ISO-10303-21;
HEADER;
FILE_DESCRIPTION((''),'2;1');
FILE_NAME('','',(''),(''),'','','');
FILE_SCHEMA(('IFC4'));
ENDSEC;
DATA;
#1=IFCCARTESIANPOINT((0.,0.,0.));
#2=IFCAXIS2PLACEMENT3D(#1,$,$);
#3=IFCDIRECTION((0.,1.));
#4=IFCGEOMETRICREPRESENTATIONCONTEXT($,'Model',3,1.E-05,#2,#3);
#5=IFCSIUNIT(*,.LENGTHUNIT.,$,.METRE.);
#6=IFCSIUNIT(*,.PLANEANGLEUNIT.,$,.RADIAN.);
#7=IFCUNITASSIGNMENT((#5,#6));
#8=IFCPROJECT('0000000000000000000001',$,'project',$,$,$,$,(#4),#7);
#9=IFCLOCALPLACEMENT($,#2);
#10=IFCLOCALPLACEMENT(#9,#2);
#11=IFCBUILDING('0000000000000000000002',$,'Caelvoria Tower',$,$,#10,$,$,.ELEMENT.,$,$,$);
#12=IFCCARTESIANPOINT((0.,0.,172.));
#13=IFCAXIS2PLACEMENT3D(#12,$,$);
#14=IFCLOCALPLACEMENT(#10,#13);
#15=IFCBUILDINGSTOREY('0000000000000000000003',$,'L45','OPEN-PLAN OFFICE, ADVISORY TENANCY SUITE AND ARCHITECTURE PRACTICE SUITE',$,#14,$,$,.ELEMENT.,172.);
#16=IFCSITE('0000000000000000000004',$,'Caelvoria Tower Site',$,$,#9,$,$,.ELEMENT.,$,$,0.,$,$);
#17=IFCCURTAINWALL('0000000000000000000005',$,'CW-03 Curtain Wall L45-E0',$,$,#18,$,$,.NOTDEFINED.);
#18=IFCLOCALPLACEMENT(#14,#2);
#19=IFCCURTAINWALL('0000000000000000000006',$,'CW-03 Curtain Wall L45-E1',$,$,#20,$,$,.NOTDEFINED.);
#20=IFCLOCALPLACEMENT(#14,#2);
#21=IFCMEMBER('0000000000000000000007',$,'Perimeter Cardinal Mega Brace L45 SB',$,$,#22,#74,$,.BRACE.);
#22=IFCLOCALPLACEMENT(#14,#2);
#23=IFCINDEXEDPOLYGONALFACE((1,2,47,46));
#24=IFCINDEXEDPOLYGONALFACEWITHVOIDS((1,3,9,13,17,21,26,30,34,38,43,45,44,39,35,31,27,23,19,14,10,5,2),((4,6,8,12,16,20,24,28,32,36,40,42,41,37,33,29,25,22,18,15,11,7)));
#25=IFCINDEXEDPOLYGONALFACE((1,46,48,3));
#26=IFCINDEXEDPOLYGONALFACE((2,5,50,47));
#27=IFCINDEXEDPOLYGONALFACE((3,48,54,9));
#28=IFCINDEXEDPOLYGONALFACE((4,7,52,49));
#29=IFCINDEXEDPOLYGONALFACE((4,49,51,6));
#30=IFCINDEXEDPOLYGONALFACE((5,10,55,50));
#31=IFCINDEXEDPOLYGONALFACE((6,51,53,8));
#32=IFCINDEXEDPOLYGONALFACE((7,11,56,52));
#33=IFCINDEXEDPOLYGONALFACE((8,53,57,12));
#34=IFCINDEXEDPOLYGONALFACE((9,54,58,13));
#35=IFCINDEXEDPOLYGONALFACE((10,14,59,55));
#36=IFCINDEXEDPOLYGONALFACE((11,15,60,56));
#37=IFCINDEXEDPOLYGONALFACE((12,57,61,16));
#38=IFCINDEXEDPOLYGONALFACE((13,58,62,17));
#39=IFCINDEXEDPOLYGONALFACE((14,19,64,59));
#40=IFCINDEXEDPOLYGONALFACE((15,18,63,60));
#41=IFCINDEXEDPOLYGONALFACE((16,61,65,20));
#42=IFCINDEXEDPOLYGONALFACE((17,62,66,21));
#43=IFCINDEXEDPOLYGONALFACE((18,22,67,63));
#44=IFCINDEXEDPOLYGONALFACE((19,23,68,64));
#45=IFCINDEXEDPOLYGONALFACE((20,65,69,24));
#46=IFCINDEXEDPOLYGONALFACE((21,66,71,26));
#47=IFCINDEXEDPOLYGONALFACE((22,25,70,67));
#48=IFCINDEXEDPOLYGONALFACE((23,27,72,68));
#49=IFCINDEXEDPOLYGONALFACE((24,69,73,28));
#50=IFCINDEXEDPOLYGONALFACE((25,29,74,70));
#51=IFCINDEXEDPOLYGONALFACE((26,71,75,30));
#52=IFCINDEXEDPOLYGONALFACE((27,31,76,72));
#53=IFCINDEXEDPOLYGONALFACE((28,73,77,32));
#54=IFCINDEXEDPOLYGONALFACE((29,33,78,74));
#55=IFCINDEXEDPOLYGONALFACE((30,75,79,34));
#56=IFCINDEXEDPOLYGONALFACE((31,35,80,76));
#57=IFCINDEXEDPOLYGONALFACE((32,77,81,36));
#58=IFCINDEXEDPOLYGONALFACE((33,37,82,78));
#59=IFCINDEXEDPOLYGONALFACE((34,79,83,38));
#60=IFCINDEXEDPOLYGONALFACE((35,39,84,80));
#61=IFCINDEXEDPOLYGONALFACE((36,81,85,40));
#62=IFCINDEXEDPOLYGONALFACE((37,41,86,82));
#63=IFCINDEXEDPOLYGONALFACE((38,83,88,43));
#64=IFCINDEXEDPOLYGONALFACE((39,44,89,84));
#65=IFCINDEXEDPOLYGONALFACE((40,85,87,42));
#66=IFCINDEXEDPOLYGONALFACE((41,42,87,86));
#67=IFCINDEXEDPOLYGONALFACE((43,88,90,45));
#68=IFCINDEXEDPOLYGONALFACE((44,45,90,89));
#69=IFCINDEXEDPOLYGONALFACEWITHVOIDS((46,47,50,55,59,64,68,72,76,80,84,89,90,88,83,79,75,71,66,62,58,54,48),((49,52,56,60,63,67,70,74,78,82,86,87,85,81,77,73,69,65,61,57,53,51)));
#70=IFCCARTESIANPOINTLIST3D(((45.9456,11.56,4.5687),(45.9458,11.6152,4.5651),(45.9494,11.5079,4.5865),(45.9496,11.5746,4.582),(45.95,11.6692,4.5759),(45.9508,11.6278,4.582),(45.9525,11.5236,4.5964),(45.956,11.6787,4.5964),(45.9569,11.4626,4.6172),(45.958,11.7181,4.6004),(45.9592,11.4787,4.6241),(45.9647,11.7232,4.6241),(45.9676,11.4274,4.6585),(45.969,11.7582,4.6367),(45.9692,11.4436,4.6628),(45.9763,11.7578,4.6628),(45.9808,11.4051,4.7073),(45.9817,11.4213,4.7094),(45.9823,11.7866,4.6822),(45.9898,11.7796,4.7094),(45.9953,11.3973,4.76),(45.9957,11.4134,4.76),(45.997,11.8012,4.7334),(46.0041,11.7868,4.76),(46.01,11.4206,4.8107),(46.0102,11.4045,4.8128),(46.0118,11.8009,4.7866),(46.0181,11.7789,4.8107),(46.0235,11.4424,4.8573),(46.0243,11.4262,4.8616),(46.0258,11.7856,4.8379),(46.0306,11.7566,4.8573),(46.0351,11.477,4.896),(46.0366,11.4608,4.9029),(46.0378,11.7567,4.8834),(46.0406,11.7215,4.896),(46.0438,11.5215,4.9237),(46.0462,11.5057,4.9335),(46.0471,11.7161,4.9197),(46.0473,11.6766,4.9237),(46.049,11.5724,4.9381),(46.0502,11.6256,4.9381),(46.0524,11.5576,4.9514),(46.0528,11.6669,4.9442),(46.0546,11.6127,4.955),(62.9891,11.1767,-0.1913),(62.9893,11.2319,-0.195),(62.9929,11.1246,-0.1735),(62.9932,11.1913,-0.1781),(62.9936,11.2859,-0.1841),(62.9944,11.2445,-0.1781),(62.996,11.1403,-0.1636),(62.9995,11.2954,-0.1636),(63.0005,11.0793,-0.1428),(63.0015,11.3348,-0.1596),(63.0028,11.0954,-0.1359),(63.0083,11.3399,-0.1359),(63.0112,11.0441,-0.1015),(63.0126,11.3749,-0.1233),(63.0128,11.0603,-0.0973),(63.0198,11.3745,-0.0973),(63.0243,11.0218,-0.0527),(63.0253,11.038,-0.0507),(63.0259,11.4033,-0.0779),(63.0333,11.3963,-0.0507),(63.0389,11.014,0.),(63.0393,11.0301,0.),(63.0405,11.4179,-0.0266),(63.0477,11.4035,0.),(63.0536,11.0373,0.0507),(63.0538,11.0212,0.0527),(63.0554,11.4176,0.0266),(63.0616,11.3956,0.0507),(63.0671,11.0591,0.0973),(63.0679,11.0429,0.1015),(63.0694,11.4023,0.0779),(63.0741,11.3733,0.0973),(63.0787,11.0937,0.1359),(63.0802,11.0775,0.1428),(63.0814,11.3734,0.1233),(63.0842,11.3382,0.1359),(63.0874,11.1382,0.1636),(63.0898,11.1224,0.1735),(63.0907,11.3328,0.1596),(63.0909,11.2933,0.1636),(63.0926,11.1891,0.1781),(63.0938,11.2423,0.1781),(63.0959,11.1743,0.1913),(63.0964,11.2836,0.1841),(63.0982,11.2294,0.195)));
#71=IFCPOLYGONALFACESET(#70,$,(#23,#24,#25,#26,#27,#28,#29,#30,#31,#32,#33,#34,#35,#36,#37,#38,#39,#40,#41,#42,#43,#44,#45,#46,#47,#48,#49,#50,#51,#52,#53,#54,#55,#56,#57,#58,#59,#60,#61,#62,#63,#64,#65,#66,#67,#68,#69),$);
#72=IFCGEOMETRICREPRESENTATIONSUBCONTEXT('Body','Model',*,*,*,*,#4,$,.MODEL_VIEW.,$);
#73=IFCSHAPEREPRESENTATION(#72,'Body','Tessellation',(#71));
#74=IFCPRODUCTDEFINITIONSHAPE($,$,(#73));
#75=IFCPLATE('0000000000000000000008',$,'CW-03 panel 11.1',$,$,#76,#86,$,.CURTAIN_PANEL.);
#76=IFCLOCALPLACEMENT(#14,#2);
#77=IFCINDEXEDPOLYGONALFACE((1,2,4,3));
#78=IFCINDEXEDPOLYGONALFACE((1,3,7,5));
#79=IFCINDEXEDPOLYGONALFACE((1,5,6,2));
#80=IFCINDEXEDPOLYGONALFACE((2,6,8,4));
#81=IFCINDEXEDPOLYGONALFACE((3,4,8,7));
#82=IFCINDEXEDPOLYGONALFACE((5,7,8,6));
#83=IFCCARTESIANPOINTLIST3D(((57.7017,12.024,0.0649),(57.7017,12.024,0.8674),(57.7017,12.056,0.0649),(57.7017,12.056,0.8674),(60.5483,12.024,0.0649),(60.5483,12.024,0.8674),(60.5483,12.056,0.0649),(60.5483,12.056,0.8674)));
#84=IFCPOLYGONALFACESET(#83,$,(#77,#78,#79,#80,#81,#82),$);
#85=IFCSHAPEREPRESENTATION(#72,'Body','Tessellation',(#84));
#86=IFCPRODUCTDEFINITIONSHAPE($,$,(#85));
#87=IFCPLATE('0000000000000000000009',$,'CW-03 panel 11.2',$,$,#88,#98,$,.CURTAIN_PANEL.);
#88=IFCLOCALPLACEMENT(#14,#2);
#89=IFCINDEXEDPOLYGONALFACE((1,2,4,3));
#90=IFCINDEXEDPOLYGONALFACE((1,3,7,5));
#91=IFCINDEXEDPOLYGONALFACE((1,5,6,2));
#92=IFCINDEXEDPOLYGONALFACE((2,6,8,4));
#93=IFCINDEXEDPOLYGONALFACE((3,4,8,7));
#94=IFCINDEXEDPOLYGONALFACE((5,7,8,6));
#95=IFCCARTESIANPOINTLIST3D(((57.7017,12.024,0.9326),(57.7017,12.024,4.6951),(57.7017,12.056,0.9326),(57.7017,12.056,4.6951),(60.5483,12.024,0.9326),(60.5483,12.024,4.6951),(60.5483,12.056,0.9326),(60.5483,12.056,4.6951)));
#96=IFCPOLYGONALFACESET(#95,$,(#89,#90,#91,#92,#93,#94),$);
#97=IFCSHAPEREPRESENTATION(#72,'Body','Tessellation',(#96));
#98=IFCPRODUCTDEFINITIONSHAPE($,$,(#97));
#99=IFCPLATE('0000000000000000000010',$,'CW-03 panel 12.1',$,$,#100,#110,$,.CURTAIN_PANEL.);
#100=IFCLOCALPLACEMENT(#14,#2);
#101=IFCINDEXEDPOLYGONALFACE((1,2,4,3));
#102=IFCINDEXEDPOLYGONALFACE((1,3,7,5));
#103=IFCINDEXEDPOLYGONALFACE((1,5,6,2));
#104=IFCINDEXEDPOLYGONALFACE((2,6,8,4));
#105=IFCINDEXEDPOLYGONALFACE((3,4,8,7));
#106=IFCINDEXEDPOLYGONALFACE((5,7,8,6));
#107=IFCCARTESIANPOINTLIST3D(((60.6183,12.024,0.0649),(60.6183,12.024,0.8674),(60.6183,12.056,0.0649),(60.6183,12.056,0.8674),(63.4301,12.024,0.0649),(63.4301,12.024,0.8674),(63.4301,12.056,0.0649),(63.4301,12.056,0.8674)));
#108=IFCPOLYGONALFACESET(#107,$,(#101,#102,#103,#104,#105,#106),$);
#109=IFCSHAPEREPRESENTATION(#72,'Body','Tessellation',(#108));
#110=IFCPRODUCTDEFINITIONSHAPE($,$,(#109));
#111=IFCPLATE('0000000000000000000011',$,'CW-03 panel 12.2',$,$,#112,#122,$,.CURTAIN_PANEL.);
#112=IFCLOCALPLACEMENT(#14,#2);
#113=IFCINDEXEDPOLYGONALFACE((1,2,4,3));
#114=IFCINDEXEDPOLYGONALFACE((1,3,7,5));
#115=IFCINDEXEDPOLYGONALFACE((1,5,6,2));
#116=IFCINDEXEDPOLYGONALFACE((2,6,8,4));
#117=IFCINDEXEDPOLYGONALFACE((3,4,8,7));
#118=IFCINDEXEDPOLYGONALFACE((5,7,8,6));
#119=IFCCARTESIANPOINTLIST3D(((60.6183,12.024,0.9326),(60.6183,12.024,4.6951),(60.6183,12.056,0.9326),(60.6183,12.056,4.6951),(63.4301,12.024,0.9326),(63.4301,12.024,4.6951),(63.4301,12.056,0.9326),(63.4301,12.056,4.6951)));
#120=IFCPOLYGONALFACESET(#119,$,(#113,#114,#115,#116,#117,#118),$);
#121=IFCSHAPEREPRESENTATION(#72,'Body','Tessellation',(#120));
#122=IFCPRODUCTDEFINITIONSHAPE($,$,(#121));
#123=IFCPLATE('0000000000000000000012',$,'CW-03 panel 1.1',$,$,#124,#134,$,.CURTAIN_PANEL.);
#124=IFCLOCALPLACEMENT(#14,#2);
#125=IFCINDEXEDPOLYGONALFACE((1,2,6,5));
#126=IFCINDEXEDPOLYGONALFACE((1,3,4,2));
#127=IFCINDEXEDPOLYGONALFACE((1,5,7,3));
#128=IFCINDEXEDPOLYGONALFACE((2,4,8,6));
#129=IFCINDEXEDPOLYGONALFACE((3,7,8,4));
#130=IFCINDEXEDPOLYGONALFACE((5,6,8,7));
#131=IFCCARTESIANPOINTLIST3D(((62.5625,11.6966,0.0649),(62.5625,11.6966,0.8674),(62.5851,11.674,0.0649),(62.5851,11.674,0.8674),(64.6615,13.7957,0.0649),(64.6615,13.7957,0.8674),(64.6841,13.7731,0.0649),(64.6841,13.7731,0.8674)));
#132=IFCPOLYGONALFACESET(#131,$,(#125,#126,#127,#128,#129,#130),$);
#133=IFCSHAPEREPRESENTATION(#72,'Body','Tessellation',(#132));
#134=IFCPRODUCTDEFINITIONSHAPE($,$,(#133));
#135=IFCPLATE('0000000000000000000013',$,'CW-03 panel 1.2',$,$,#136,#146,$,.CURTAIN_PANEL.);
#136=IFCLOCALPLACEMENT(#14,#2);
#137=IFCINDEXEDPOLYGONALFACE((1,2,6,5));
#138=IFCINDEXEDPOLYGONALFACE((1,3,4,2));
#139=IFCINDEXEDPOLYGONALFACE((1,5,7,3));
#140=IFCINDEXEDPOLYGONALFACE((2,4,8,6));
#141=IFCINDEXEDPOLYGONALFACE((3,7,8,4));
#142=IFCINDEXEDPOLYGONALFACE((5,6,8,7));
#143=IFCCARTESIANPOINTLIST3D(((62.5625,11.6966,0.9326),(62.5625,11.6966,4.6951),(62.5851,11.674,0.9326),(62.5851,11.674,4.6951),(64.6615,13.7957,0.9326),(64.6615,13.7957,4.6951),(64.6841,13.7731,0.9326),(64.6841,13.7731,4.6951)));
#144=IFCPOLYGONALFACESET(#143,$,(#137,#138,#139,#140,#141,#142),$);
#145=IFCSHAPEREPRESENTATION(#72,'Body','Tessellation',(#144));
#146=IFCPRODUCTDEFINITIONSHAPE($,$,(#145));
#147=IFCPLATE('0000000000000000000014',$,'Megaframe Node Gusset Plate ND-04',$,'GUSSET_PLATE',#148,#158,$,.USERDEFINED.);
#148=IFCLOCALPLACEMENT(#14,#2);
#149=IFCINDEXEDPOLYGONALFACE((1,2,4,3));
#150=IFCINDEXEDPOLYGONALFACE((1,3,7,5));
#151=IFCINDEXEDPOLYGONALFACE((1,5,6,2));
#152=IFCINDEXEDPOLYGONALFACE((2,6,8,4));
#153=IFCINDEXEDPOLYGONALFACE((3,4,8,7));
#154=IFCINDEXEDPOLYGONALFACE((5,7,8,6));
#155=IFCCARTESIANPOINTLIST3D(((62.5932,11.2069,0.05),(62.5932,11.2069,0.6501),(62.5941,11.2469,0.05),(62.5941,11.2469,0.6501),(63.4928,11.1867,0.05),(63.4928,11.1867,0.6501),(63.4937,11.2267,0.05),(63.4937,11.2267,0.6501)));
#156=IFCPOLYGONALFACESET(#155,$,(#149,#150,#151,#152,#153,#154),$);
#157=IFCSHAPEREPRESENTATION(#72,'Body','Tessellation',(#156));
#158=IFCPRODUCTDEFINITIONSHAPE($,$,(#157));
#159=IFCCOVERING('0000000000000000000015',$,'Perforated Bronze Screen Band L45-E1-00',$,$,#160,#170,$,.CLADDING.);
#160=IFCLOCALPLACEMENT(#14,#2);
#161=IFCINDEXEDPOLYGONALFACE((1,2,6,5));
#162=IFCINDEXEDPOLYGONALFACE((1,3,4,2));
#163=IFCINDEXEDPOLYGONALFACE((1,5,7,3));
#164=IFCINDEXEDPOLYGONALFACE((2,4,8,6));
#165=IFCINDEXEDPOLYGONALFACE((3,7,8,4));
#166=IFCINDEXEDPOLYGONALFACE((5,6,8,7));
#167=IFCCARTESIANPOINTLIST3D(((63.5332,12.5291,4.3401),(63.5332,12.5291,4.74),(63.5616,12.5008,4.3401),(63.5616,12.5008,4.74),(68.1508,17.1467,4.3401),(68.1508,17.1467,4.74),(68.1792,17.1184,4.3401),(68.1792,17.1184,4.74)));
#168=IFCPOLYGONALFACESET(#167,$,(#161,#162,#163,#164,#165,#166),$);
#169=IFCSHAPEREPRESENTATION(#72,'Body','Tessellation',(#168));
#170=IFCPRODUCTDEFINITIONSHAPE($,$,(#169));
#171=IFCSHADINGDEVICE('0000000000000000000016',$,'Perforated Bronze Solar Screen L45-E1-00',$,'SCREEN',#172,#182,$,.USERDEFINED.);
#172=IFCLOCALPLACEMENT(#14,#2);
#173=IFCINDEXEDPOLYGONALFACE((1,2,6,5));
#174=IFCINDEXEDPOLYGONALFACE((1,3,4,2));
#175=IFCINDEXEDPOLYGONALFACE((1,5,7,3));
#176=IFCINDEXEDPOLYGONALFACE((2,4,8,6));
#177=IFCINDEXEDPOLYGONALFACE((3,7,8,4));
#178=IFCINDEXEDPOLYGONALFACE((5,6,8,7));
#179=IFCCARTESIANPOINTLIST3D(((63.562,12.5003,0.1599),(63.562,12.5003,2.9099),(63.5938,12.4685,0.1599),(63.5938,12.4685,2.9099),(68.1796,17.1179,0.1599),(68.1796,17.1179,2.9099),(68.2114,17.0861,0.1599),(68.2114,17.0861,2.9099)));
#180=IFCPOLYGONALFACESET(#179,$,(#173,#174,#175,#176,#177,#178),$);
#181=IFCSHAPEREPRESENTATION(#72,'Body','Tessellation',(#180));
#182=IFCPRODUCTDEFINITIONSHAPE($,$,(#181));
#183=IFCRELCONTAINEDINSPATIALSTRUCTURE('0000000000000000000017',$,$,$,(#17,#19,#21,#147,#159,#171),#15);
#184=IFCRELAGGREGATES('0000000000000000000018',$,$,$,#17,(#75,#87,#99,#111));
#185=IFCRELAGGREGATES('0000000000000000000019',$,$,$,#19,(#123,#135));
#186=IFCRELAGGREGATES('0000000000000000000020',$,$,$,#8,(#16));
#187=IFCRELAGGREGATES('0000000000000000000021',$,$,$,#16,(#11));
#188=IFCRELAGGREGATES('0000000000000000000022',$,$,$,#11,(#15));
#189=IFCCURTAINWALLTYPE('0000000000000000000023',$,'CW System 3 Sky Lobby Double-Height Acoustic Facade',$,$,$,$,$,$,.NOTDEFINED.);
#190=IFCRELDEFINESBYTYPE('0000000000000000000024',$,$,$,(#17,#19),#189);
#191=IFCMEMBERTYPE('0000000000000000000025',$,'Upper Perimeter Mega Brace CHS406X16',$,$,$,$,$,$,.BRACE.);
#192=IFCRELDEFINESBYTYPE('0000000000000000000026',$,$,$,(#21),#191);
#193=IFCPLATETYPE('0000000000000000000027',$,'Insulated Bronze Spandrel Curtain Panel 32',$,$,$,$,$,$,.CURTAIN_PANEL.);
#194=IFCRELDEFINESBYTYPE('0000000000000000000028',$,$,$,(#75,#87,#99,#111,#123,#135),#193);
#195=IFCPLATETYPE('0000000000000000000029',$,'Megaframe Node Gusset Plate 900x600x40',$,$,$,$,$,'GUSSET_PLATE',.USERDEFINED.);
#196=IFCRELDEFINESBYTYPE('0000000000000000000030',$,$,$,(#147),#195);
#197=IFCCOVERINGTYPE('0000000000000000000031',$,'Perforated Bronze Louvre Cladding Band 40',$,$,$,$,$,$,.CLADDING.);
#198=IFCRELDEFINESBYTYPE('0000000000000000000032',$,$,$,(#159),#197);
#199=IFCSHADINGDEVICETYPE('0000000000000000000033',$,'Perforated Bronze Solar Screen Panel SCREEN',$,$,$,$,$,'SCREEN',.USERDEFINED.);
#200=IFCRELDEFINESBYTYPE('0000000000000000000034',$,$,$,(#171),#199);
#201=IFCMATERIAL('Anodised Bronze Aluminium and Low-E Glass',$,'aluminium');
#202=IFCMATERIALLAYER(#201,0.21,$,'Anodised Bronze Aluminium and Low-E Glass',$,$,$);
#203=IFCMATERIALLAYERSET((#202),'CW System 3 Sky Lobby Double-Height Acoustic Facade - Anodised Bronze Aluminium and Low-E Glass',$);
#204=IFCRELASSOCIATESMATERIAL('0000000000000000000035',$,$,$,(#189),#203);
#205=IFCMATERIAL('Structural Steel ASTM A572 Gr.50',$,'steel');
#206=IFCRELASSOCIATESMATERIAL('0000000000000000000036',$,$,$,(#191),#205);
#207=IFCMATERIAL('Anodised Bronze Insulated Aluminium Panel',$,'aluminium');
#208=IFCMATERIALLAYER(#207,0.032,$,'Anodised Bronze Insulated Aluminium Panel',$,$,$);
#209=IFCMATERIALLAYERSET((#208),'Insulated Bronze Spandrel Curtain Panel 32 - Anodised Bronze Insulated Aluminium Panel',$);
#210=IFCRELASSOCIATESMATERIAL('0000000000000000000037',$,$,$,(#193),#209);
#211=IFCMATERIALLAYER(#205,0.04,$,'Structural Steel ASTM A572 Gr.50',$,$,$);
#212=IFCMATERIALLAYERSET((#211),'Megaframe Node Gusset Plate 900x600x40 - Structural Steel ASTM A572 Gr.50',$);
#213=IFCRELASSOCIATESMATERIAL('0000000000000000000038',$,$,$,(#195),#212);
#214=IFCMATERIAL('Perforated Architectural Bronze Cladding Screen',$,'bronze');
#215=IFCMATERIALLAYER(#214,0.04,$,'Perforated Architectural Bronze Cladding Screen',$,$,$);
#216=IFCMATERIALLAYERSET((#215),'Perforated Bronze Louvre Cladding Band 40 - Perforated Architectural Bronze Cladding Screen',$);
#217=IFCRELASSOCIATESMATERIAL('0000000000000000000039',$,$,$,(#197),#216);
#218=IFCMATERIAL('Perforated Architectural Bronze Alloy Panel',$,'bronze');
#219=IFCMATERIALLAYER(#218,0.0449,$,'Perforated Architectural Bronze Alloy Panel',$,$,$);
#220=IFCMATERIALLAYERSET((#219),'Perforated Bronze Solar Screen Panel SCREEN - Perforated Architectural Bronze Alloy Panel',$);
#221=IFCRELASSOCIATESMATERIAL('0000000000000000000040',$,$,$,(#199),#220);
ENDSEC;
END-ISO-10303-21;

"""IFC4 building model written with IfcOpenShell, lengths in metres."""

from ifc_helpers import new_model, si_unit, direction, frame, origin, origin_2d, place, context, subcontext, project, spatial, rectangle, hollow_circle, extrude, material, layer, layer_set, material_profile, profile_set, type_object, element, aggregate, save


model = new_model("IFC4")

# Units and contexts
model_context = context("Model", 3, precision=1e-05, world=origin(), true_north=direction((0.0, 1.0)))
body_context = subcontext(model_context, "Body", "Model", "MODEL_VIEW")
ifc_project = project(units=[si_unit("LENGTHUNIT", "METRE"), si_unit("PLANEANGLEUNIT", "RADIAN")], contexts=[model_context])

# Site, building, storey
site_placement = place(None, origin())
site = spatial("IfcSite", under=ifc_project, at=site_placement, Name="Caelvoria Tower Site", CompositionType="ELEMENT", RefElevation=0.0)
building_placement = place(site_placement, origin())
building = spatial("IfcBuilding", under=site, at=building_placement, Name="Caelvoria Tower", CompositionType="ELEMENT")
storey_placement = place(building_placement, frame((0.0, 0.0, 172.0)))
storey = spatial("IfcBuildingStorey", under=building, at=storey_placement, Name="L45", Description="OPEN-PLAN OFFICE, ADVISORY TENANCY SUITE AND ARCHITECTURE PRACTICE SUITE", CompositionType="ELEMENT", Elevation=172.0)

# Shared definitions
ifc_material_1 = material(Name="Structural Steel ASTM A572 Gr.50", Category="steel")

# Curtain walls
ifc_material_2 = material(Name="Anodised Bronze Aluminium and Low-E Glass", Category="aluminium")
ifc_layer_1 = layer(ifc_material_2, 0.21, Name="Anodised Bronze Aluminium and Low-E Glass")
ifc_layer_set_1 = layer_set([ifc_layer_1], Name="CW System 3 Sky Lobby Double-Height Acoustic Facade - Anodised Bronze Aluminium and Low-E Glass")
curtain_wall_type = type_object("IfcCurtainWallType", Name="CW System 3 Sky Lobby Double-Height Acoustic Facade", PredefinedType="NOTDEFINED", material=ifc_layer_set_1)
curtain_wall_1_placement = place(storey_placement, origin())
curtain_wall_1 = element("IfcCurtainWall", 1, at=curtain_wall_1_placement, inside=storey, type_object=curtain_wall_type, Name="CW-03 Curtain Wall L45-E0", PredefinedType="NOTDEFINED")
curtain_wall_2_placement = place(storey_placement, origin())
curtain_wall_2 = element("IfcCurtainWall", 2, at=curtain_wall_2_placement, inside=storey, type_object=curtain_wall_type, Name="CW-03 Curtain Wall L45-E1", PredefinedType="NOTDEFINED")

# Member
ifc_material_profile_1 = material_profile(ifc_material_1, hollow_circle(Radius=0.2029, WallThickness=0.0161, at=origin_2d()), Name="Structural Steel ASTM A572 Gr.50")
ifc_profile_set_1 = profile_set([ifc_material_profile_1], Name="CHS406X16 - Structural Steel ASTM A572 Gr.50")
member_type_1 = type_object("IfcMemberType", Name="Upper Perimeter Mega Brace CHS406X16", PredefinedType="BRACE", material=ifc_profile_set_1)
member_1_placement = place(storey_placement, frame((63.0435, 11.2168, 0.0), z_axis=(-0.962916, 0.021656, 0.26893), x_axis=(-0.022484, -0.999747, 0.0)))
element("IfcMember", 3, at=member_1_placement, inside=storey, type_object=member_type_1, Name="Perimeter Cardinal Mega Brace L45 SB", PredefinedType="BRACE", context=body_context, shape_type="SweptSolid", body=[
    extrude(hollow_circle(Radius=0.2029, WallThickness=0.0161, at=origin_2d()), origin(), (0.0, 0.0, 1.0), 17.7),
])

# Plates
ifc_material_3 = material(Name="Anodised Bronze Insulated Aluminium Panel", Category="aluminium")
ifc_layer_2 = layer(ifc_material_3, 0.032, Name="Anodised Bronze Insulated Aluminium Panel")
ifc_layer_set_2 = layer_set([ifc_layer_2], Name="Insulated Bronze Spandrel Curtain Panel 32 - Anodised Bronze Insulated Aluminium Panel")
plate_type_1 = type_object("IfcPlateType", Name="Insulated Bronze Spandrel Curtain Panel 32", PredefinedType="CURTAIN_PANEL", material=ifc_layer_set_2)
plate_1_placement = place(storey_placement, frame((59.125, 12.04, 0.0649), z_axis=(0.0, 0.0, 1.0), x_axis=(1.0, 0.0, 0.0)))
plate_1 = element("IfcPlate", 4, at=plate_1_placement, type_object=plate_type_1, Name="CW-03 panel 11.1", PredefinedType="CURTAIN_PANEL", context=body_context, shape_type="SweptSolid", body=[
    extrude(rectangle(XDim=2.8467, YDim=0.032, at=origin_2d()), origin(), (0.0, 0.0, 1.0), 0.8025),
])
plate_2_placement = place(storey_placement, frame((59.125, 12.04, 0.9326), z_axis=(0.0, 0.0, 1.0), x_axis=(1.0, 0.0, 0.0)))
plate_2 = element("IfcPlate", 5, at=plate_2_placement, type_object=plate_type_1, Name="CW-03 panel 11.2", PredefinedType="CURTAIN_PANEL", context=body_context, shape_type="SweptSolid", body=[
    extrude(rectangle(XDim=2.8467, YDim=0.032, at=origin_2d()), origin(), (0.0, 0.0, 1.0), 3.7625),
])
plate_3_placement = place(storey_placement, frame((62.0242, 12.04, 0.0649), z_axis=(0.0, 0.0, 1.0), x_axis=(1.0, 0.0, 0.0)))
plate_3 = element("IfcPlate", 6, at=plate_3_placement, type_object=plate_type_1, Name="CW-03 panel 12.1", PredefinedType="CURTAIN_PANEL", context=body_context, shape_type="SweptSolid", body=[
    extrude(rectangle(XDim=2.8118, YDim=0.032, at=origin_2d()), origin(), (0.0, 0.0, 1.0), 0.8025),
])
plate_4_placement = place(storey_placement, frame((62.0242, 12.04, 0.9326), z_axis=(0.0, 0.0, 1.0), x_axis=(1.0, 0.0, 0.0)))
plate_4 = element("IfcPlate", 7, at=plate_4_placement, type_object=plate_type_1, Name="CW-03 panel 12.2", PredefinedType="CURTAIN_PANEL", context=body_context, shape_type="SweptSolid", body=[
    extrude(rectangle(XDim=2.8118, YDim=0.032, at=origin_2d()), origin(), (0.0, 0.0, 1.0), 3.7625),
])
aggregate(curtain_wall_1, [plate_1, plate_2, plate_3, plate_4])
plate_5_placement = place(storey_placement, frame((63.6233, 12.7349, 0.0649), z_axis=(0.0, 0.0, 1.0), x_axis=(0.707107, 0.707107, 0.0)))
plate_5 = element("IfcPlate", 8, at=plate_5_placement, type_object=plate_type_1, Name="CW-03 panel 1.1", PredefinedType="CURTAIN_PANEL", context=body_context, shape_type="SweptSolid", body=[
    extrude(rectangle(XDim=2.9685, YDim=0.032, at=origin_2d()), origin(), (0.0, 0.0, 1.0), 0.8025),
])
plate_6_placement = place(storey_placement, frame((63.6233, 12.7349, 0.9326), z_axis=(0.0, 0.0, 1.0), x_axis=(0.707107, 0.707107, 0.0)))
plate_6 = element("IfcPlate", 9, at=plate_6_placement, type_object=plate_type_1, Name="CW-03 panel 1.2", PredefinedType="CURTAIN_PANEL", context=body_context, shape_type="SweptSolid", body=[
    extrude(rectangle(XDim=2.9685, YDim=0.032, at=origin_2d()), origin(), (0.0, 0.0, 1.0), 3.7625),
])
aggregate(curtain_wall_2, [plate_5, plate_6])
ifc_layer_3 = layer(ifc_material_1, 0.04, Name="Structural Steel ASTM A572 Gr.50")
ifc_layer_set_3 = layer_set([ifc_layer_3], Name="Megaframe Node Gusset Plate 900x600x40 - Structural Steel ASTM A572 Gr.50")
plate_type_2 = type_object("IfcPlateType", Name="Megaframe Node Gusset Plate 900x600x40", ElementType="GUSSET_PLATE", PredefinedType="USERDEFINED", material=ifc_layer_set_3)
plate_7_placement = place(storey_placement, frame((63.0435, 11.2168, 0.05), z_axis=(0.0, 0.0, 1.0), x_axis=(-0.999747, 0.022483, 0.0)))
element("IfcPlate", 10, at=plate_7_placement, inside=storey, type_object=plate_type_2, Name="Megaframe Node Gusset Plate ND-04", ObjectType="GUSSET_PLATE", PredefinedType="USERDEFINED", context=body_context, shape_type="SweptSolid", body=[
    extrude(rectangle(XDim=0.8999, YDim=0.04, at=origin_2d()), origin(), (0.0, 0.0, 1.0), 0.6001),
])

# Covering
ifc_material_4 = material(Name="Perforated Architectural Bronze Cladding Screen", Category="bronze")
ifc_layer_4 = layer(ifc_material_4, 0.04, Name="Perforated Architectural Bronze Cladding Screen")
ifc_layer_set_4 = layer_set([ifc_layer_4], Name="Perforated Bronze Louvre Cladding Band 40 - Perforated Architectural Bronze Cladding Screen")
covering_type = type_object("IfcCoveringType", Name="Perforated Bronze Louvre Cladding Band 40", PredefinedType="CLADDING", material=ifc_layer_set_4)
covering_placement = place(storey_placement, frame((65.8562, 14.8237, 4.3401), z_axis=(0.0, 0.0, 1.0), x_axis=(0.707107, 0.707107, 0.0)))
element("IfcCovering", 11, at=covering_placement, inside=storey, type_object=covering_type, Name="Perforated Bronze Screen Band L45-E1-00", PredefinedType="CLADDING", context=body_context, shape_type="SweptSolid", body=[
    extrude(rectangle(XDim=6.5303, YDim=0.04, at=origin_2d()), origin(), (0.0, 0.0, 1.0), 0.3999),
])

# Shading device
ifc_material_5 = material(Name="Perforated Architectural Bronze Alloy Panel", Category="bronze")
ifc_layer_5 = layer(ifc_material_5, 0.0449, Name="Perforated Architectural Bronze Alloy Panel")
ifc_layer_set_5 = layer_set([ifc_layer_5], Name="Perforated Bronze Solar Screen Panel SCREEN - Perforated Architectural Bronze Alloy Panel")
shading_device_type = type_object("IfcShadingDeviceType", Name="Perforated Bronze Solar Screen Panel SCREEN", ElementType="SCREEN", PredefinedType="USERDEFINED", material=ifc_layer_set_5)
shading_device_placement = place(storey_placement, frame((65.8867, 14.7932, 0.1599), z_axis=(0.0, 0.0, 1.0), x_axis=(0.707107, 0.707107, 0.0)))
element("IfcShadingDevice", 12, at=shading_device_placement, inside=storey, type_object=shading_device_type, Name="Perforated Bronze Solar Screen L45-E1-00", ObjectType="SCREEN", PredefinedType="USERDEFINED", context=body_context, shape_type="SweptSolid", body=[
    extrude(rectangle(XDim=6.5303, YDim=0.0449, at=origin_2d()), origin(), (0.0, 0.0, 1.0), 2.75),
])

save(model, "model.ifc")
